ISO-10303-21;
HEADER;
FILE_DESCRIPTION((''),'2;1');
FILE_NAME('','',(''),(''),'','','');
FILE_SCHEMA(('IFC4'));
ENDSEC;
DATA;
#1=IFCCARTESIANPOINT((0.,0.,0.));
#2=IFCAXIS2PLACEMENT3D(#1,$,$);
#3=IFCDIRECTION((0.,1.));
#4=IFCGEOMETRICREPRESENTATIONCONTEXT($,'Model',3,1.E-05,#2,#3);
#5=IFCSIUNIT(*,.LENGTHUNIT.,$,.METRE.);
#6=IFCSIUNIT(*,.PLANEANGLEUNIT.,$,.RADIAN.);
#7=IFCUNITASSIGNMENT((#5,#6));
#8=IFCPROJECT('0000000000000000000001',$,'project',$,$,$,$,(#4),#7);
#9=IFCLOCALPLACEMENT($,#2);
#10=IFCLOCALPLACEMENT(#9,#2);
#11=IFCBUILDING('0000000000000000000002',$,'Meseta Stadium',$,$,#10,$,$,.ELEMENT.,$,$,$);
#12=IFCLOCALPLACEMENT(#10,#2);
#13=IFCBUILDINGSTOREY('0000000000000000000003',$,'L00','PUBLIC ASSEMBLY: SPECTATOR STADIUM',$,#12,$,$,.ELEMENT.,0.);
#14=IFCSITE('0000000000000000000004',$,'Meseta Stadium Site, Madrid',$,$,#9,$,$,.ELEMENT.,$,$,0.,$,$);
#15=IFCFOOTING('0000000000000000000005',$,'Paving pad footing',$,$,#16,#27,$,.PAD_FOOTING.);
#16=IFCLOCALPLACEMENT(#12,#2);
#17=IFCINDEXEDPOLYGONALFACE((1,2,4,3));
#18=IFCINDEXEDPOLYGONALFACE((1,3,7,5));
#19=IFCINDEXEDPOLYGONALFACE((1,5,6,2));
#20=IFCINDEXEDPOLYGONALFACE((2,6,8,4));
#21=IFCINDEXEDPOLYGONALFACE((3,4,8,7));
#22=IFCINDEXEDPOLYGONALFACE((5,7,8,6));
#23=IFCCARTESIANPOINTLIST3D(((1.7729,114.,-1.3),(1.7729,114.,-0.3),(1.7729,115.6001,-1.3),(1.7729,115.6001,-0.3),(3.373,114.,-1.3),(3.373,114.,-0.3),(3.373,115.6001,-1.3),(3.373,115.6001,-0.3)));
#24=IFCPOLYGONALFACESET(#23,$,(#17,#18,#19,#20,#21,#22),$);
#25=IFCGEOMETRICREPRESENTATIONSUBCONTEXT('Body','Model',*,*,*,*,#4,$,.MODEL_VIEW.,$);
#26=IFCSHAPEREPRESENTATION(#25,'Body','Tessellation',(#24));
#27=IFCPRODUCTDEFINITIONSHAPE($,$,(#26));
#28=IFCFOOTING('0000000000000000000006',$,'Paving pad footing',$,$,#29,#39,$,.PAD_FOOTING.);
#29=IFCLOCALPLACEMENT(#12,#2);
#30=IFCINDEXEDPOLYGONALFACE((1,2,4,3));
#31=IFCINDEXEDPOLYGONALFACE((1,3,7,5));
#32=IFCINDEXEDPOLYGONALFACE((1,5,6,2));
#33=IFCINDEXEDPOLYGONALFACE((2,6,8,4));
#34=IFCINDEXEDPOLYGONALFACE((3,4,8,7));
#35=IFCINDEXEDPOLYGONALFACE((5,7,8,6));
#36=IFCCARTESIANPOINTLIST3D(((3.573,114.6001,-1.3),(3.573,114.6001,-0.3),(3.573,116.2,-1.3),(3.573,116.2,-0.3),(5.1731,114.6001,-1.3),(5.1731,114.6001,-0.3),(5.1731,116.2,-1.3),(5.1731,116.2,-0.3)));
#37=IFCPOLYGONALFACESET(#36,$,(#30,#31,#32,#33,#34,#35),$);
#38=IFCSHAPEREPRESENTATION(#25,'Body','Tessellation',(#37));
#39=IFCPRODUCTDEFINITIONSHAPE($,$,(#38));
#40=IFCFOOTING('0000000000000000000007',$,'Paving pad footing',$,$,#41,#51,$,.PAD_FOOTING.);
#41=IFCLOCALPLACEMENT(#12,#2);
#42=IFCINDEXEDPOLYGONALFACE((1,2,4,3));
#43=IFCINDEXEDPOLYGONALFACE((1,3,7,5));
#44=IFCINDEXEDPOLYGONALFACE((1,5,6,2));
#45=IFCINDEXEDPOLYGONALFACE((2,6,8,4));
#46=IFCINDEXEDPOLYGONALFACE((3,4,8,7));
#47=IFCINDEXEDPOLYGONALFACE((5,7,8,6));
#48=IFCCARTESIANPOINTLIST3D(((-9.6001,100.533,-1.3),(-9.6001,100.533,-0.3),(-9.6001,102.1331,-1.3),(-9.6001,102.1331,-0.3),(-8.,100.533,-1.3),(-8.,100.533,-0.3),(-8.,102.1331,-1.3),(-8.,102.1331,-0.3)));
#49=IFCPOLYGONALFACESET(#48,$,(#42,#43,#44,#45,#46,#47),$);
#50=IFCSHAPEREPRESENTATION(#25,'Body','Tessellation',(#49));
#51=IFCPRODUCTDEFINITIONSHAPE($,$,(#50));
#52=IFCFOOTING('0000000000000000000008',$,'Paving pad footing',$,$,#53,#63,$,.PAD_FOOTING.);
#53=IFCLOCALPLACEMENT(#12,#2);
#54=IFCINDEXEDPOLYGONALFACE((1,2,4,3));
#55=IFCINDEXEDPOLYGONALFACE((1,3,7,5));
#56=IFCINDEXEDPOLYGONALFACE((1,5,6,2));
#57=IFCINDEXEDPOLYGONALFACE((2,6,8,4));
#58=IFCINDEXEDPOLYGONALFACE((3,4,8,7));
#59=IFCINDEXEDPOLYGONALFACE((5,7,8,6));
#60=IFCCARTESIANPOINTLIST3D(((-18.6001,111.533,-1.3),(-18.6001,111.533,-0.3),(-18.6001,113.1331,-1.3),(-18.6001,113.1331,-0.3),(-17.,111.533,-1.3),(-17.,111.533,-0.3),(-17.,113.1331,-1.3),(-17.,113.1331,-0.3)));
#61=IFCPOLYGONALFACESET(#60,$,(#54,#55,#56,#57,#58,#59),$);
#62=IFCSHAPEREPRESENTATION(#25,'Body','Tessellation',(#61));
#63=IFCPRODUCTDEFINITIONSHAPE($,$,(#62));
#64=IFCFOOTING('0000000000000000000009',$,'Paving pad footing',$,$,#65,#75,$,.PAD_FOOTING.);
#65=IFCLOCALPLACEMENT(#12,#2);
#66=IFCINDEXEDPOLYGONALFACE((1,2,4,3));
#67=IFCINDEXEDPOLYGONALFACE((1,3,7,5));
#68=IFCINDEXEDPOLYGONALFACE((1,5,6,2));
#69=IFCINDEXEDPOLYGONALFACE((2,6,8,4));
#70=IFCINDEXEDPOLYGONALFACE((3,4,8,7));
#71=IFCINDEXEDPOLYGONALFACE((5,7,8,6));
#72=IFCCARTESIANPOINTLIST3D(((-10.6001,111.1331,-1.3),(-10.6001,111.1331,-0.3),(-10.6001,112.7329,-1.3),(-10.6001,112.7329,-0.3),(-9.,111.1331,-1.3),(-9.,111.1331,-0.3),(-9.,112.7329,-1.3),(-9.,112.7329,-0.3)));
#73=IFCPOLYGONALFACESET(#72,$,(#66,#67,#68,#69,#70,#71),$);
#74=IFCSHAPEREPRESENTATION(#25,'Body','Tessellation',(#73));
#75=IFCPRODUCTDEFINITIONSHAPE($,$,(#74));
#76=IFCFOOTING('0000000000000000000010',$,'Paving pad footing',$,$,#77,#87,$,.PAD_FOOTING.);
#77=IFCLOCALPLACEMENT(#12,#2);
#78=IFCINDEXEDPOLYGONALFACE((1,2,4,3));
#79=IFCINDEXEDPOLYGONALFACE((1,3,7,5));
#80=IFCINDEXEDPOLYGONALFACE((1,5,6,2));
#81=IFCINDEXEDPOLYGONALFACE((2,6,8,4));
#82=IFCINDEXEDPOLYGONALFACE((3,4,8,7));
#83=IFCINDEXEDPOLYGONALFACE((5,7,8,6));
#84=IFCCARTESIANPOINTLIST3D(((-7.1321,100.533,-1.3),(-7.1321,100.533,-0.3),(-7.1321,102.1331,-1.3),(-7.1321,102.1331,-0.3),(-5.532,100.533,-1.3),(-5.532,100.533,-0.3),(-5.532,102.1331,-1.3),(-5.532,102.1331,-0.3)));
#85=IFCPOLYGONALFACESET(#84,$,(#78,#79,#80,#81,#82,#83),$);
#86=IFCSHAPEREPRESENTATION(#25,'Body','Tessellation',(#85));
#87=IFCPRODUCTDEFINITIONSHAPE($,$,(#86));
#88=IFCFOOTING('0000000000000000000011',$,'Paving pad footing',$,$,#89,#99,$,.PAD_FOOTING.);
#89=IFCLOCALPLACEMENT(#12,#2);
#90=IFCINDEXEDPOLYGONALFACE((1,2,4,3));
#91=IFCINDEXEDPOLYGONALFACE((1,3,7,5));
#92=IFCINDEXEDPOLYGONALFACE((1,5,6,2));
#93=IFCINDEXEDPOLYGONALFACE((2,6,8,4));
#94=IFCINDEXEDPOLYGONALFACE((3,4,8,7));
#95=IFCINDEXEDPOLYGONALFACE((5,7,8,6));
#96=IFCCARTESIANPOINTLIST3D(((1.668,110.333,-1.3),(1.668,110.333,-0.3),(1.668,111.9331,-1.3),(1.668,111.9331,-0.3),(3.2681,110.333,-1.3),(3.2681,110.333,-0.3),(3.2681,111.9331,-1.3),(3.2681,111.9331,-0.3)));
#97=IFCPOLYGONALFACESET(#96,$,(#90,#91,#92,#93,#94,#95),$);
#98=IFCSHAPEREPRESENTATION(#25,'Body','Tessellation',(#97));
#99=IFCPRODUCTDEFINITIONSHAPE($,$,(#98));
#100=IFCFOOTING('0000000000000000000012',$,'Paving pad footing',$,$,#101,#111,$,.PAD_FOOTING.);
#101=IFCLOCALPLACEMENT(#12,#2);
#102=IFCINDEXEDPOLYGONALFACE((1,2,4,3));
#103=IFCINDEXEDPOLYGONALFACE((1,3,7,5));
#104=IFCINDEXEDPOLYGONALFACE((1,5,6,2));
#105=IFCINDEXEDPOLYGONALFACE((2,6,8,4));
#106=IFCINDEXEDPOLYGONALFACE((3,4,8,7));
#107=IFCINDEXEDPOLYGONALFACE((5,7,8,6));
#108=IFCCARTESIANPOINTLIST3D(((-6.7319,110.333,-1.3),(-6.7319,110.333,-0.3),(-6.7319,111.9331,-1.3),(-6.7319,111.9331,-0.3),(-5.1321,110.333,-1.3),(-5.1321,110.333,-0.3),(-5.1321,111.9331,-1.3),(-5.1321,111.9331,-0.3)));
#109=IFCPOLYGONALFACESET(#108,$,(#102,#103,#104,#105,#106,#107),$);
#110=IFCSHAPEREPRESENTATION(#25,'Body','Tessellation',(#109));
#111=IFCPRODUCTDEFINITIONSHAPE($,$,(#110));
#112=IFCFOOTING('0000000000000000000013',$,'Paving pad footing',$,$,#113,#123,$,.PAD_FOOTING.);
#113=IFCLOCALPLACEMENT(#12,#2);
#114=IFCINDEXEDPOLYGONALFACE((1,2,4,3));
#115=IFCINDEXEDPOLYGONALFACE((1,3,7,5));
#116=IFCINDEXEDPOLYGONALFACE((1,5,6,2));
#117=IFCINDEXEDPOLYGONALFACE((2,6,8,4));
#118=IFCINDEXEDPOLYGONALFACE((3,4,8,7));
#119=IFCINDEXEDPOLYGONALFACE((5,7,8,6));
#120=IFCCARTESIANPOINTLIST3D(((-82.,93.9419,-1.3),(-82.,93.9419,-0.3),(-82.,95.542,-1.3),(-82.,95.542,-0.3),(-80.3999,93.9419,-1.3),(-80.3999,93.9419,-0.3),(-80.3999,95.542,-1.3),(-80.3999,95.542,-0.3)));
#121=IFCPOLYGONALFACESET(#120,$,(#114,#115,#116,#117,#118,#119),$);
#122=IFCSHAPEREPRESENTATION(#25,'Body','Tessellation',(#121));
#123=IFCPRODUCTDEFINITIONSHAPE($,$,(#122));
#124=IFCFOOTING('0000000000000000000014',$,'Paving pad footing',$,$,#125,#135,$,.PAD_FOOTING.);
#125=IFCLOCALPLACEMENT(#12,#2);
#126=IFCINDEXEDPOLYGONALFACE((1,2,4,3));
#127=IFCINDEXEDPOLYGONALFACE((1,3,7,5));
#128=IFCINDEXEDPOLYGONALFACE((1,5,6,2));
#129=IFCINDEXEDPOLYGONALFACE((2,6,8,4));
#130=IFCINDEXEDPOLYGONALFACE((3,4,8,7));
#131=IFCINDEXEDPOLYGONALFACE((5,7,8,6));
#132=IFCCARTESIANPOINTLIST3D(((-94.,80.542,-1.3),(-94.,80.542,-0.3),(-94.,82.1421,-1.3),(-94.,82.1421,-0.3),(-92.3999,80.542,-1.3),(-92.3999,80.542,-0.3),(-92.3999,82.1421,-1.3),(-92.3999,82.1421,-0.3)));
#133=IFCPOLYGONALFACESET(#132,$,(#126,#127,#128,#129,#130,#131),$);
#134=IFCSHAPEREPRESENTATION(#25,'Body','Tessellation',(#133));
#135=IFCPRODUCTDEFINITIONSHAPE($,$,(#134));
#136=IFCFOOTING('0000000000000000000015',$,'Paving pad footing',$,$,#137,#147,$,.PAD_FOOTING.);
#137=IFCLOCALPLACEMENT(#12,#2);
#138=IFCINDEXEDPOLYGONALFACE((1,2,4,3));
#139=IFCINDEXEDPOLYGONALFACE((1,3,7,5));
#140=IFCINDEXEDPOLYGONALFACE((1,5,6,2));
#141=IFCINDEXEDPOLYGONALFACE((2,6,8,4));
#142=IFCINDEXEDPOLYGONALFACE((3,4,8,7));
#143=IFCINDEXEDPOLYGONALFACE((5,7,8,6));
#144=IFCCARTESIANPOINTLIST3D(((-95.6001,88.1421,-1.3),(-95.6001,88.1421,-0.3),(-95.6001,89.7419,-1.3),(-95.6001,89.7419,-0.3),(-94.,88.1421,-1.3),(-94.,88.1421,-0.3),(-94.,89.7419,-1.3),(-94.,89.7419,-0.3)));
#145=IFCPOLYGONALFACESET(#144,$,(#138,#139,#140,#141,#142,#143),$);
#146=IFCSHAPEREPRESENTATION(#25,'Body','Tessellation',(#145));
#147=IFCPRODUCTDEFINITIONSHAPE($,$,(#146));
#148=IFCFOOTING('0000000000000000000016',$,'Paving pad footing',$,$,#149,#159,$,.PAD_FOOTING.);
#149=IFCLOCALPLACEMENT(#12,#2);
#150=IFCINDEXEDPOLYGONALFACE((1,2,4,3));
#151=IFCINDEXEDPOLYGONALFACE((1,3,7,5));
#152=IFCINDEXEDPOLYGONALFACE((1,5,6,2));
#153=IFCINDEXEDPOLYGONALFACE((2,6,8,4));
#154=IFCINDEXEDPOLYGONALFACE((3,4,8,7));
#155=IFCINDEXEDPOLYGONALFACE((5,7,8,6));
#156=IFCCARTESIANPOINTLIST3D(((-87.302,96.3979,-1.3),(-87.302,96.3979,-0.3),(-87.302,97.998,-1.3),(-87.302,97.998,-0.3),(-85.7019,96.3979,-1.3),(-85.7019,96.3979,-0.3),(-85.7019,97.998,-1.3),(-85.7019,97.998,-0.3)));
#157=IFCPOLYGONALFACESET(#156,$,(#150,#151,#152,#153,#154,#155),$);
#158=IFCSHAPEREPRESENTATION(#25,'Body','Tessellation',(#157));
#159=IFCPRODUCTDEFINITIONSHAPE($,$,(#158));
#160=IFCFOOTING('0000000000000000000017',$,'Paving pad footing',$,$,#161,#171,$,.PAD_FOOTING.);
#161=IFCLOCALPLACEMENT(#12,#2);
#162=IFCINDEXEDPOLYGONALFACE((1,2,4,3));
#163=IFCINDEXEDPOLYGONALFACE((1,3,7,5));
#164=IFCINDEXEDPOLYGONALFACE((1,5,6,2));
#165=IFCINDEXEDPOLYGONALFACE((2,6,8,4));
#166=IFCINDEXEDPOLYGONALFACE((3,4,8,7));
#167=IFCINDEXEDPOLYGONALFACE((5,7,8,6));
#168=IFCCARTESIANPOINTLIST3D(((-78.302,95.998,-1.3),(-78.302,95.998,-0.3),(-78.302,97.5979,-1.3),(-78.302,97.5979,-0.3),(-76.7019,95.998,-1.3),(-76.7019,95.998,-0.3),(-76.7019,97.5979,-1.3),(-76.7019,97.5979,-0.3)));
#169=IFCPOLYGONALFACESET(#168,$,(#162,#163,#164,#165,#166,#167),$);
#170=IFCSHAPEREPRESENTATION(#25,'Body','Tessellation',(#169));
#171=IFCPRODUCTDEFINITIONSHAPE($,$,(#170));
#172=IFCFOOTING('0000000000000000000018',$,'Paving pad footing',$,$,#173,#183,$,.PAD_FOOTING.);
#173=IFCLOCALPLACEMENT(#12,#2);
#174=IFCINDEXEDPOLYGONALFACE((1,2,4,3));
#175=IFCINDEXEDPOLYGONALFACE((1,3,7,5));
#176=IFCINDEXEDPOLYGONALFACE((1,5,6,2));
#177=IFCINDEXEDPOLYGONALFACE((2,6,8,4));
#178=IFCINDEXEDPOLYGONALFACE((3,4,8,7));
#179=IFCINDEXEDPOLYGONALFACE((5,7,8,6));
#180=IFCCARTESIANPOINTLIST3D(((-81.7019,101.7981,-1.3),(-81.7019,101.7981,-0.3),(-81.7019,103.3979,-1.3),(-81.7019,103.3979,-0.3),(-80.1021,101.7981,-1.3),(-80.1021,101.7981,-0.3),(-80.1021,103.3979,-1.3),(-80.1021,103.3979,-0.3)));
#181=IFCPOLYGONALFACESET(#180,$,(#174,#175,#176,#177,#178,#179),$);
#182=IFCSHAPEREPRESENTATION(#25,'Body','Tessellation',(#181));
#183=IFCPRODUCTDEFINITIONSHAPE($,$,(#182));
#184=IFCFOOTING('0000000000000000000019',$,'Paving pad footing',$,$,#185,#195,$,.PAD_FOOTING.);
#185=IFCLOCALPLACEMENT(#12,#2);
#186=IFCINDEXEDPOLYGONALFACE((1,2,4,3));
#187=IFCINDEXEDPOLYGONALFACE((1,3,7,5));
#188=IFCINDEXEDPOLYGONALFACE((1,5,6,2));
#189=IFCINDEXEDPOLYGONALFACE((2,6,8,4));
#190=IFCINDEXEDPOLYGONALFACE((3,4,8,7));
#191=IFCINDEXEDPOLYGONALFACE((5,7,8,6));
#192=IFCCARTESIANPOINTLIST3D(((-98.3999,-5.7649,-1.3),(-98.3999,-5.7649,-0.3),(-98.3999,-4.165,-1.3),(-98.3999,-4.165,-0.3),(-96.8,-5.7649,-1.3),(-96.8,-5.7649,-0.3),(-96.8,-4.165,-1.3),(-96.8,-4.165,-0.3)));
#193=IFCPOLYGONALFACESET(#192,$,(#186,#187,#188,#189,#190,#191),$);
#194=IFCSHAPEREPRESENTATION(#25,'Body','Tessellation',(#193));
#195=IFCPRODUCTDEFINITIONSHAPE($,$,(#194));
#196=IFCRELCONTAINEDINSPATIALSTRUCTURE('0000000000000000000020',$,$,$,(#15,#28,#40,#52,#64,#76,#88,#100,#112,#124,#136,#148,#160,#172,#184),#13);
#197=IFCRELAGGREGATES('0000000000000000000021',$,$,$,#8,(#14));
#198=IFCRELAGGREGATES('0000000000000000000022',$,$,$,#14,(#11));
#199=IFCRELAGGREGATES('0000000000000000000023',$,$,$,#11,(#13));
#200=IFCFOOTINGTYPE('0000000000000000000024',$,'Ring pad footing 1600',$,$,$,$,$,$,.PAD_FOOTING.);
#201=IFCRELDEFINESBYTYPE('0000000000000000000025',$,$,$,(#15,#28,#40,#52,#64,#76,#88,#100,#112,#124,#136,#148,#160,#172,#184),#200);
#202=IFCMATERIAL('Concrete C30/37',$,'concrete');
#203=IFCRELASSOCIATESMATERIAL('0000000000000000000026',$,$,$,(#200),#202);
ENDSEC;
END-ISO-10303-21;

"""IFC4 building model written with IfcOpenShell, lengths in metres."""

from ifc_helpers import new_model, si_unit, direction, frame, origin, place, context, subcontext, project, spatial, polyline, outline, extrude, material, type_object, element, save


model = new_model("IFC4")

# Units and contexts
model_context = context("Model", 3, precision=1e-05, world=origin(), true_north=direction((0.0, 1.0)))
body_context = subcontext(model_context, "Body", "Model", "MODEL_VIEW")
ifc_project = project(units=[si_unit("LENGTHUNIT", "METRE"), si_unit("PLANEANGLEUNIT", "RADIAN")], contexts=[model_context])

# Site, building, storey
site_placement = place(None, origin())
site = spatial("IfcSite", under=ifc_project, at=site_placement, Name="Meseta Stadium Site, Madrid", CompositionType="ELEMENT", RefElevation=0.0)
building_placement = place(site_placement, origin())
building = spatial("IfcBuilding", under=site, at=building_placement, Name="Meseta Stadium", CompositionType="ELEMENT")
storey_placement = place(building_placement, origin())
storey = spatial("IfcBuildingStorey", under=building, at=storey_placement, Name="L00", Description="PUBLIC ASSEMBLY: SPECTATOR STADIUM", CompositionType="ELEMENT", Elevation=0.0)

# Footings
ifc_material_1 = material(Name="Concrete C30/37", Category="concrete")
footing_type_1 = type_object("IfcFootingType", Name="Ring pad footing 1600", PredefinedType="PAD_FOOTING", material=ifc_material_1)
footing_1_placement = place(storey_placement, frame((0.0, 0.0, -1.3)))
element("IfcFooting", 1, at=footing_1_placement, inside=storey, type_object=footing_type_1, Name="Paving pad footing", PredefinedType="PAD_FOOTING", context=body_context, shape_type="SweptSolid", body=[
    extrude(outline(polyline([(3.373, 114.0), (3.373, 115.6001), (1.7729, 115.6001), (1.7729, 114.0), (3.373, 114.0)])), origin(), (0.0, 0.0, 1.0), 1.0),
])
footing_2_placement = place(storey_placement, frame((0.0, 0.0, -1.3)))
element("IfcFooting", 2, at=footing_2_placement, inside=storey, type_object=footing_type_1, Name="Paving pad footing", PredefinedType="PAD_FOOTING", context=body_context, shape_type="SweptSolid", body=[
    extrude(outline(polyline([(5.1731, 114.6001), (5.1731, 116.2), (3.573, 116.2), (3.573, 114.6001), (5.1731, 114.6001)])), origin(), (0.0, 0.0, 1.0), 1.0),
])
footing_3_placement = place(storey_placement, frame((0.0, 0.0, -1.3)))
element("IfcFooting", 3, at=footing_3_placement, inside=storey, type_object=footing_type_1, Name="Paving pad footing", PredefinedType="PAD_FOOTING", context=body_context, shape_type="SweptSolid", body=[
    extrude(outline(polyline([(-8.0, 100.533), (-8.0, 102.1331), (-9.6001, 102.1331), (-9.6001, 100.533), (-8.0, 100.533)])), origin(), (0.0, 0.0, 1.0), 1.0),
])
footing_4_placement = place(storey_placement, frame((0.0, 0.0, -1.3)))
element("IfcFooting", 4, at=footing_4_placement, inside=storey, type_object=footing_type_1, Name="Paving pad footing", PredefinedType="PAD_FOOTING", context=body_context, shape_type="SweptSolid", body=[
    extrude(outline(polyline([(-17.0, 111.533), (-17.0, 113.1331), (-18.6001, 113.1331), (-18.6001, 111.533), (-17.0, 111.533)])), origin(), (0.0, 0.0, 1.0), 1.0),
])
footing_5_placement = place(storey_placement, frame((0.0, 0.0, -1.3)))
element("IfcFooting", 5, at=footing_5_placement, inside=storey, type_object=footing_type_1, Name="Paving pad footing", PredefinedType="PAD_FOOTING", context=body_context, shape_type="SweptSolid", body=[
    extrude(outline(polyline([(-9.0, 111.1331), (-9.0, 112.7329), (-10.6001, 112.7329), (-10.6001, 111.1331), (-9.0, 111.1331)])), origin(), (0.0, 0.0, 1.0), 1.0),
])
footing_6_placement = place(storey_placement, frame((0.0, 0.0, -1.3)))
element("IfcFooting", 6, at=footing_6_placement, inside=storey, type_object=footing_type_1, Name="Paving pad footing", PredefinedType="PAD_FOOTING", context=body_context, shape_type="SweptSolid", body=[
    extrude(outline(polyline([(-5.532, 100.533), (-5.532, 102.1331), (-7.1321, 102.1331), (-7.1321, 100.533), (-5.532, 100.533)])), origin(), (0.0, 0.0, 1.0), 1.0),
])
footing_7_placement = place(storey_placement, frame((0.0, 0.0, -1.3)))
element("IfcFooting", 7, at=footing_7_placement, inside=storey, type_object=footing_type_1, Name="Paving pad footing", PredefinedType="PAD_FOOTING", context=body_context, shape_type="SweptSolid", body=[
    extrude(outline(polyline([(3.2681, 110.333), (3.2681, 111.9331), (1.668, 111.9331), (1.668, 110.333), (3.2681, 110.333)])), origin(), (0.0, 0.0, 1.0), 1.0),
])
footing_8_placement = place(storey_placement, frame((0.0, 0.0, -1.3)))
element("IfcFooting", 8, at=footing_8_placement, inside=storey, type_object=footing_type_1, Name="Paving pad footing", PredefinedType="PAD_FOOTING", context=body_context, shape_type="SweptSolid", body=[
    extrude(outline(polyline([(-5.1321, 110.333), (-5.1321, 111.9331), (-6.7319, 111.9331), (-6.7319, 110.333), (-5.1321, 110.333)])), origin(), (0.0, 0.0, 1.0), 1.0),
])
footing_9_placement = place(storey_placement, frame((0.0, 0.0, -1.3)))
element("IfcFooting", 9, at=footing_9_placement, inside=storey, type_object=footing_type_1, Name="Paving pad footing", PredefinedType="PAD_FOOTING", context=body_context, shape_type="SweptSolid", body=[
    extrude(outline(polyline([(-80.3999, 93.9419), (-80.3999, 95.542), (-82.0, 95.542), (-82.0, 93.9419), (-80.3999, 93.9419)])), origin(), (0.0, 0.0, 1.0), 1.0),
])
footing_10_placement = place(storey_placement, frame((0.0, 0.0, -1.3)))
element("IfcFooting", 10, at=footing_10_placement, inside=storey, type_object=footing_type_1, Name="Paving pad footing", PredefinedType="PAD_FOOTING", context=body_context, shape_type="SweptSolid", body=[
    extrude(outline(polyline([(-92.3999, 80.542), (-92.3999, 82.1421), (-94.0, 82.1421), (-94.0, 80.542), (-92.3999, 80.542)])), origin(), (0.0, 0.0, 1.0), 1.0),
])
footing_11_placement = place(storey_placement, frame((0.0, 0.0, -1.3)))
element("IfcFooting", 11, at=footing_11_placement, inside=storey, type_object=footing_type_1, Name="Paving pad footing", PredefinedType="PAD_FOOTING", context=body_context, shape_type="SweptSolid", body=[
    extrude(outline(polyline([(-94.0, 88.1421), (-94.0, 89.7419), (-95.6001, 89.7419), (-95.6001, 88.1421), (-94.0, 88.1421)])), origin(), (0.0, 0.0, 1.0), 1.0),
])
footing_12_placement = place(storey_placement, frame((0.0, 0.0, -1.3)))
element("IfcFooting", 12, at=footing_12_placement, inside=storey, type_object=footing_type_1, Name="Paving pad footing", PredefinedType="PAD_FOOTING", context=body_context, shape_type="SweptSolid", body=[
    extrude(outline(polyline([(-85.7019, 96.3979), (-85.7019, 97.998), (-87.302, 97.998), (-87.302, 96.3979), (-85.7019, 96.3979)])), origin(), (0.0, 0.0, 1.0), 1.0),
])
footing_13_placement = place(storey_placement, frame((0.0, 0.0, -1.3)))
element("IfcFooting", 13, at=footing_13_placement, inside=storey, type_object=footing_type_1, Name="Paving pad footing", PredefinedType="PAD_FOOTING", context=body_context, shape_type="SweptSolid", body=[
    extrude(outline(polyline([(-76.7019, 95.998), (-76.7019, 97.5979), (-78.302, 97.5979), (-78.302, 95.998), (-76.7019, 95.998)])), origin(), (0.0, 0.0, 1.0), 1.0),
])
footing_14_placement = place(storey_placement, frame((0.0, 0.0, -1.3)))
element("IfcFooting", 14, at=footing_14_placement, inside=storey, type_object=footing_type_1, Name="Paving pad footing", PredefinedType="PAD_FOOTING", context=body_context, shape_type="SweptSolid", body=[
    extrude(outline(polyline([(-80.1021, 101.7981), (-80.1021, 103.3979), (-81.7019, 103.3979), (-81.7019, 101.7981), (-80.1021, 101.7981)])), origin(), (0.0, 0.0, 1.0), 1.0),
])
footing_15_placement = place(storey_placement, frame((0.0, 0.0, -1.3)))
element("IfcFooting", 15, at=footing_15_placement, inside=storey, type_object=footing_type_1, Name="Paving pad footing", PredefinedType="PAD_FOOTING", context=body_context, shape_type="SweptSolid", body=[
    extrude(outline(polyline([(-96.8, -5.7649), (-96.8, -4.165), (-98.3999, -4.165), (-98.3999, -5.7649), (-96.8, -5.7649)])), origin(), (0.0, 0.0, 1.0), 1.0),
])

save(model, "model.ifc")
